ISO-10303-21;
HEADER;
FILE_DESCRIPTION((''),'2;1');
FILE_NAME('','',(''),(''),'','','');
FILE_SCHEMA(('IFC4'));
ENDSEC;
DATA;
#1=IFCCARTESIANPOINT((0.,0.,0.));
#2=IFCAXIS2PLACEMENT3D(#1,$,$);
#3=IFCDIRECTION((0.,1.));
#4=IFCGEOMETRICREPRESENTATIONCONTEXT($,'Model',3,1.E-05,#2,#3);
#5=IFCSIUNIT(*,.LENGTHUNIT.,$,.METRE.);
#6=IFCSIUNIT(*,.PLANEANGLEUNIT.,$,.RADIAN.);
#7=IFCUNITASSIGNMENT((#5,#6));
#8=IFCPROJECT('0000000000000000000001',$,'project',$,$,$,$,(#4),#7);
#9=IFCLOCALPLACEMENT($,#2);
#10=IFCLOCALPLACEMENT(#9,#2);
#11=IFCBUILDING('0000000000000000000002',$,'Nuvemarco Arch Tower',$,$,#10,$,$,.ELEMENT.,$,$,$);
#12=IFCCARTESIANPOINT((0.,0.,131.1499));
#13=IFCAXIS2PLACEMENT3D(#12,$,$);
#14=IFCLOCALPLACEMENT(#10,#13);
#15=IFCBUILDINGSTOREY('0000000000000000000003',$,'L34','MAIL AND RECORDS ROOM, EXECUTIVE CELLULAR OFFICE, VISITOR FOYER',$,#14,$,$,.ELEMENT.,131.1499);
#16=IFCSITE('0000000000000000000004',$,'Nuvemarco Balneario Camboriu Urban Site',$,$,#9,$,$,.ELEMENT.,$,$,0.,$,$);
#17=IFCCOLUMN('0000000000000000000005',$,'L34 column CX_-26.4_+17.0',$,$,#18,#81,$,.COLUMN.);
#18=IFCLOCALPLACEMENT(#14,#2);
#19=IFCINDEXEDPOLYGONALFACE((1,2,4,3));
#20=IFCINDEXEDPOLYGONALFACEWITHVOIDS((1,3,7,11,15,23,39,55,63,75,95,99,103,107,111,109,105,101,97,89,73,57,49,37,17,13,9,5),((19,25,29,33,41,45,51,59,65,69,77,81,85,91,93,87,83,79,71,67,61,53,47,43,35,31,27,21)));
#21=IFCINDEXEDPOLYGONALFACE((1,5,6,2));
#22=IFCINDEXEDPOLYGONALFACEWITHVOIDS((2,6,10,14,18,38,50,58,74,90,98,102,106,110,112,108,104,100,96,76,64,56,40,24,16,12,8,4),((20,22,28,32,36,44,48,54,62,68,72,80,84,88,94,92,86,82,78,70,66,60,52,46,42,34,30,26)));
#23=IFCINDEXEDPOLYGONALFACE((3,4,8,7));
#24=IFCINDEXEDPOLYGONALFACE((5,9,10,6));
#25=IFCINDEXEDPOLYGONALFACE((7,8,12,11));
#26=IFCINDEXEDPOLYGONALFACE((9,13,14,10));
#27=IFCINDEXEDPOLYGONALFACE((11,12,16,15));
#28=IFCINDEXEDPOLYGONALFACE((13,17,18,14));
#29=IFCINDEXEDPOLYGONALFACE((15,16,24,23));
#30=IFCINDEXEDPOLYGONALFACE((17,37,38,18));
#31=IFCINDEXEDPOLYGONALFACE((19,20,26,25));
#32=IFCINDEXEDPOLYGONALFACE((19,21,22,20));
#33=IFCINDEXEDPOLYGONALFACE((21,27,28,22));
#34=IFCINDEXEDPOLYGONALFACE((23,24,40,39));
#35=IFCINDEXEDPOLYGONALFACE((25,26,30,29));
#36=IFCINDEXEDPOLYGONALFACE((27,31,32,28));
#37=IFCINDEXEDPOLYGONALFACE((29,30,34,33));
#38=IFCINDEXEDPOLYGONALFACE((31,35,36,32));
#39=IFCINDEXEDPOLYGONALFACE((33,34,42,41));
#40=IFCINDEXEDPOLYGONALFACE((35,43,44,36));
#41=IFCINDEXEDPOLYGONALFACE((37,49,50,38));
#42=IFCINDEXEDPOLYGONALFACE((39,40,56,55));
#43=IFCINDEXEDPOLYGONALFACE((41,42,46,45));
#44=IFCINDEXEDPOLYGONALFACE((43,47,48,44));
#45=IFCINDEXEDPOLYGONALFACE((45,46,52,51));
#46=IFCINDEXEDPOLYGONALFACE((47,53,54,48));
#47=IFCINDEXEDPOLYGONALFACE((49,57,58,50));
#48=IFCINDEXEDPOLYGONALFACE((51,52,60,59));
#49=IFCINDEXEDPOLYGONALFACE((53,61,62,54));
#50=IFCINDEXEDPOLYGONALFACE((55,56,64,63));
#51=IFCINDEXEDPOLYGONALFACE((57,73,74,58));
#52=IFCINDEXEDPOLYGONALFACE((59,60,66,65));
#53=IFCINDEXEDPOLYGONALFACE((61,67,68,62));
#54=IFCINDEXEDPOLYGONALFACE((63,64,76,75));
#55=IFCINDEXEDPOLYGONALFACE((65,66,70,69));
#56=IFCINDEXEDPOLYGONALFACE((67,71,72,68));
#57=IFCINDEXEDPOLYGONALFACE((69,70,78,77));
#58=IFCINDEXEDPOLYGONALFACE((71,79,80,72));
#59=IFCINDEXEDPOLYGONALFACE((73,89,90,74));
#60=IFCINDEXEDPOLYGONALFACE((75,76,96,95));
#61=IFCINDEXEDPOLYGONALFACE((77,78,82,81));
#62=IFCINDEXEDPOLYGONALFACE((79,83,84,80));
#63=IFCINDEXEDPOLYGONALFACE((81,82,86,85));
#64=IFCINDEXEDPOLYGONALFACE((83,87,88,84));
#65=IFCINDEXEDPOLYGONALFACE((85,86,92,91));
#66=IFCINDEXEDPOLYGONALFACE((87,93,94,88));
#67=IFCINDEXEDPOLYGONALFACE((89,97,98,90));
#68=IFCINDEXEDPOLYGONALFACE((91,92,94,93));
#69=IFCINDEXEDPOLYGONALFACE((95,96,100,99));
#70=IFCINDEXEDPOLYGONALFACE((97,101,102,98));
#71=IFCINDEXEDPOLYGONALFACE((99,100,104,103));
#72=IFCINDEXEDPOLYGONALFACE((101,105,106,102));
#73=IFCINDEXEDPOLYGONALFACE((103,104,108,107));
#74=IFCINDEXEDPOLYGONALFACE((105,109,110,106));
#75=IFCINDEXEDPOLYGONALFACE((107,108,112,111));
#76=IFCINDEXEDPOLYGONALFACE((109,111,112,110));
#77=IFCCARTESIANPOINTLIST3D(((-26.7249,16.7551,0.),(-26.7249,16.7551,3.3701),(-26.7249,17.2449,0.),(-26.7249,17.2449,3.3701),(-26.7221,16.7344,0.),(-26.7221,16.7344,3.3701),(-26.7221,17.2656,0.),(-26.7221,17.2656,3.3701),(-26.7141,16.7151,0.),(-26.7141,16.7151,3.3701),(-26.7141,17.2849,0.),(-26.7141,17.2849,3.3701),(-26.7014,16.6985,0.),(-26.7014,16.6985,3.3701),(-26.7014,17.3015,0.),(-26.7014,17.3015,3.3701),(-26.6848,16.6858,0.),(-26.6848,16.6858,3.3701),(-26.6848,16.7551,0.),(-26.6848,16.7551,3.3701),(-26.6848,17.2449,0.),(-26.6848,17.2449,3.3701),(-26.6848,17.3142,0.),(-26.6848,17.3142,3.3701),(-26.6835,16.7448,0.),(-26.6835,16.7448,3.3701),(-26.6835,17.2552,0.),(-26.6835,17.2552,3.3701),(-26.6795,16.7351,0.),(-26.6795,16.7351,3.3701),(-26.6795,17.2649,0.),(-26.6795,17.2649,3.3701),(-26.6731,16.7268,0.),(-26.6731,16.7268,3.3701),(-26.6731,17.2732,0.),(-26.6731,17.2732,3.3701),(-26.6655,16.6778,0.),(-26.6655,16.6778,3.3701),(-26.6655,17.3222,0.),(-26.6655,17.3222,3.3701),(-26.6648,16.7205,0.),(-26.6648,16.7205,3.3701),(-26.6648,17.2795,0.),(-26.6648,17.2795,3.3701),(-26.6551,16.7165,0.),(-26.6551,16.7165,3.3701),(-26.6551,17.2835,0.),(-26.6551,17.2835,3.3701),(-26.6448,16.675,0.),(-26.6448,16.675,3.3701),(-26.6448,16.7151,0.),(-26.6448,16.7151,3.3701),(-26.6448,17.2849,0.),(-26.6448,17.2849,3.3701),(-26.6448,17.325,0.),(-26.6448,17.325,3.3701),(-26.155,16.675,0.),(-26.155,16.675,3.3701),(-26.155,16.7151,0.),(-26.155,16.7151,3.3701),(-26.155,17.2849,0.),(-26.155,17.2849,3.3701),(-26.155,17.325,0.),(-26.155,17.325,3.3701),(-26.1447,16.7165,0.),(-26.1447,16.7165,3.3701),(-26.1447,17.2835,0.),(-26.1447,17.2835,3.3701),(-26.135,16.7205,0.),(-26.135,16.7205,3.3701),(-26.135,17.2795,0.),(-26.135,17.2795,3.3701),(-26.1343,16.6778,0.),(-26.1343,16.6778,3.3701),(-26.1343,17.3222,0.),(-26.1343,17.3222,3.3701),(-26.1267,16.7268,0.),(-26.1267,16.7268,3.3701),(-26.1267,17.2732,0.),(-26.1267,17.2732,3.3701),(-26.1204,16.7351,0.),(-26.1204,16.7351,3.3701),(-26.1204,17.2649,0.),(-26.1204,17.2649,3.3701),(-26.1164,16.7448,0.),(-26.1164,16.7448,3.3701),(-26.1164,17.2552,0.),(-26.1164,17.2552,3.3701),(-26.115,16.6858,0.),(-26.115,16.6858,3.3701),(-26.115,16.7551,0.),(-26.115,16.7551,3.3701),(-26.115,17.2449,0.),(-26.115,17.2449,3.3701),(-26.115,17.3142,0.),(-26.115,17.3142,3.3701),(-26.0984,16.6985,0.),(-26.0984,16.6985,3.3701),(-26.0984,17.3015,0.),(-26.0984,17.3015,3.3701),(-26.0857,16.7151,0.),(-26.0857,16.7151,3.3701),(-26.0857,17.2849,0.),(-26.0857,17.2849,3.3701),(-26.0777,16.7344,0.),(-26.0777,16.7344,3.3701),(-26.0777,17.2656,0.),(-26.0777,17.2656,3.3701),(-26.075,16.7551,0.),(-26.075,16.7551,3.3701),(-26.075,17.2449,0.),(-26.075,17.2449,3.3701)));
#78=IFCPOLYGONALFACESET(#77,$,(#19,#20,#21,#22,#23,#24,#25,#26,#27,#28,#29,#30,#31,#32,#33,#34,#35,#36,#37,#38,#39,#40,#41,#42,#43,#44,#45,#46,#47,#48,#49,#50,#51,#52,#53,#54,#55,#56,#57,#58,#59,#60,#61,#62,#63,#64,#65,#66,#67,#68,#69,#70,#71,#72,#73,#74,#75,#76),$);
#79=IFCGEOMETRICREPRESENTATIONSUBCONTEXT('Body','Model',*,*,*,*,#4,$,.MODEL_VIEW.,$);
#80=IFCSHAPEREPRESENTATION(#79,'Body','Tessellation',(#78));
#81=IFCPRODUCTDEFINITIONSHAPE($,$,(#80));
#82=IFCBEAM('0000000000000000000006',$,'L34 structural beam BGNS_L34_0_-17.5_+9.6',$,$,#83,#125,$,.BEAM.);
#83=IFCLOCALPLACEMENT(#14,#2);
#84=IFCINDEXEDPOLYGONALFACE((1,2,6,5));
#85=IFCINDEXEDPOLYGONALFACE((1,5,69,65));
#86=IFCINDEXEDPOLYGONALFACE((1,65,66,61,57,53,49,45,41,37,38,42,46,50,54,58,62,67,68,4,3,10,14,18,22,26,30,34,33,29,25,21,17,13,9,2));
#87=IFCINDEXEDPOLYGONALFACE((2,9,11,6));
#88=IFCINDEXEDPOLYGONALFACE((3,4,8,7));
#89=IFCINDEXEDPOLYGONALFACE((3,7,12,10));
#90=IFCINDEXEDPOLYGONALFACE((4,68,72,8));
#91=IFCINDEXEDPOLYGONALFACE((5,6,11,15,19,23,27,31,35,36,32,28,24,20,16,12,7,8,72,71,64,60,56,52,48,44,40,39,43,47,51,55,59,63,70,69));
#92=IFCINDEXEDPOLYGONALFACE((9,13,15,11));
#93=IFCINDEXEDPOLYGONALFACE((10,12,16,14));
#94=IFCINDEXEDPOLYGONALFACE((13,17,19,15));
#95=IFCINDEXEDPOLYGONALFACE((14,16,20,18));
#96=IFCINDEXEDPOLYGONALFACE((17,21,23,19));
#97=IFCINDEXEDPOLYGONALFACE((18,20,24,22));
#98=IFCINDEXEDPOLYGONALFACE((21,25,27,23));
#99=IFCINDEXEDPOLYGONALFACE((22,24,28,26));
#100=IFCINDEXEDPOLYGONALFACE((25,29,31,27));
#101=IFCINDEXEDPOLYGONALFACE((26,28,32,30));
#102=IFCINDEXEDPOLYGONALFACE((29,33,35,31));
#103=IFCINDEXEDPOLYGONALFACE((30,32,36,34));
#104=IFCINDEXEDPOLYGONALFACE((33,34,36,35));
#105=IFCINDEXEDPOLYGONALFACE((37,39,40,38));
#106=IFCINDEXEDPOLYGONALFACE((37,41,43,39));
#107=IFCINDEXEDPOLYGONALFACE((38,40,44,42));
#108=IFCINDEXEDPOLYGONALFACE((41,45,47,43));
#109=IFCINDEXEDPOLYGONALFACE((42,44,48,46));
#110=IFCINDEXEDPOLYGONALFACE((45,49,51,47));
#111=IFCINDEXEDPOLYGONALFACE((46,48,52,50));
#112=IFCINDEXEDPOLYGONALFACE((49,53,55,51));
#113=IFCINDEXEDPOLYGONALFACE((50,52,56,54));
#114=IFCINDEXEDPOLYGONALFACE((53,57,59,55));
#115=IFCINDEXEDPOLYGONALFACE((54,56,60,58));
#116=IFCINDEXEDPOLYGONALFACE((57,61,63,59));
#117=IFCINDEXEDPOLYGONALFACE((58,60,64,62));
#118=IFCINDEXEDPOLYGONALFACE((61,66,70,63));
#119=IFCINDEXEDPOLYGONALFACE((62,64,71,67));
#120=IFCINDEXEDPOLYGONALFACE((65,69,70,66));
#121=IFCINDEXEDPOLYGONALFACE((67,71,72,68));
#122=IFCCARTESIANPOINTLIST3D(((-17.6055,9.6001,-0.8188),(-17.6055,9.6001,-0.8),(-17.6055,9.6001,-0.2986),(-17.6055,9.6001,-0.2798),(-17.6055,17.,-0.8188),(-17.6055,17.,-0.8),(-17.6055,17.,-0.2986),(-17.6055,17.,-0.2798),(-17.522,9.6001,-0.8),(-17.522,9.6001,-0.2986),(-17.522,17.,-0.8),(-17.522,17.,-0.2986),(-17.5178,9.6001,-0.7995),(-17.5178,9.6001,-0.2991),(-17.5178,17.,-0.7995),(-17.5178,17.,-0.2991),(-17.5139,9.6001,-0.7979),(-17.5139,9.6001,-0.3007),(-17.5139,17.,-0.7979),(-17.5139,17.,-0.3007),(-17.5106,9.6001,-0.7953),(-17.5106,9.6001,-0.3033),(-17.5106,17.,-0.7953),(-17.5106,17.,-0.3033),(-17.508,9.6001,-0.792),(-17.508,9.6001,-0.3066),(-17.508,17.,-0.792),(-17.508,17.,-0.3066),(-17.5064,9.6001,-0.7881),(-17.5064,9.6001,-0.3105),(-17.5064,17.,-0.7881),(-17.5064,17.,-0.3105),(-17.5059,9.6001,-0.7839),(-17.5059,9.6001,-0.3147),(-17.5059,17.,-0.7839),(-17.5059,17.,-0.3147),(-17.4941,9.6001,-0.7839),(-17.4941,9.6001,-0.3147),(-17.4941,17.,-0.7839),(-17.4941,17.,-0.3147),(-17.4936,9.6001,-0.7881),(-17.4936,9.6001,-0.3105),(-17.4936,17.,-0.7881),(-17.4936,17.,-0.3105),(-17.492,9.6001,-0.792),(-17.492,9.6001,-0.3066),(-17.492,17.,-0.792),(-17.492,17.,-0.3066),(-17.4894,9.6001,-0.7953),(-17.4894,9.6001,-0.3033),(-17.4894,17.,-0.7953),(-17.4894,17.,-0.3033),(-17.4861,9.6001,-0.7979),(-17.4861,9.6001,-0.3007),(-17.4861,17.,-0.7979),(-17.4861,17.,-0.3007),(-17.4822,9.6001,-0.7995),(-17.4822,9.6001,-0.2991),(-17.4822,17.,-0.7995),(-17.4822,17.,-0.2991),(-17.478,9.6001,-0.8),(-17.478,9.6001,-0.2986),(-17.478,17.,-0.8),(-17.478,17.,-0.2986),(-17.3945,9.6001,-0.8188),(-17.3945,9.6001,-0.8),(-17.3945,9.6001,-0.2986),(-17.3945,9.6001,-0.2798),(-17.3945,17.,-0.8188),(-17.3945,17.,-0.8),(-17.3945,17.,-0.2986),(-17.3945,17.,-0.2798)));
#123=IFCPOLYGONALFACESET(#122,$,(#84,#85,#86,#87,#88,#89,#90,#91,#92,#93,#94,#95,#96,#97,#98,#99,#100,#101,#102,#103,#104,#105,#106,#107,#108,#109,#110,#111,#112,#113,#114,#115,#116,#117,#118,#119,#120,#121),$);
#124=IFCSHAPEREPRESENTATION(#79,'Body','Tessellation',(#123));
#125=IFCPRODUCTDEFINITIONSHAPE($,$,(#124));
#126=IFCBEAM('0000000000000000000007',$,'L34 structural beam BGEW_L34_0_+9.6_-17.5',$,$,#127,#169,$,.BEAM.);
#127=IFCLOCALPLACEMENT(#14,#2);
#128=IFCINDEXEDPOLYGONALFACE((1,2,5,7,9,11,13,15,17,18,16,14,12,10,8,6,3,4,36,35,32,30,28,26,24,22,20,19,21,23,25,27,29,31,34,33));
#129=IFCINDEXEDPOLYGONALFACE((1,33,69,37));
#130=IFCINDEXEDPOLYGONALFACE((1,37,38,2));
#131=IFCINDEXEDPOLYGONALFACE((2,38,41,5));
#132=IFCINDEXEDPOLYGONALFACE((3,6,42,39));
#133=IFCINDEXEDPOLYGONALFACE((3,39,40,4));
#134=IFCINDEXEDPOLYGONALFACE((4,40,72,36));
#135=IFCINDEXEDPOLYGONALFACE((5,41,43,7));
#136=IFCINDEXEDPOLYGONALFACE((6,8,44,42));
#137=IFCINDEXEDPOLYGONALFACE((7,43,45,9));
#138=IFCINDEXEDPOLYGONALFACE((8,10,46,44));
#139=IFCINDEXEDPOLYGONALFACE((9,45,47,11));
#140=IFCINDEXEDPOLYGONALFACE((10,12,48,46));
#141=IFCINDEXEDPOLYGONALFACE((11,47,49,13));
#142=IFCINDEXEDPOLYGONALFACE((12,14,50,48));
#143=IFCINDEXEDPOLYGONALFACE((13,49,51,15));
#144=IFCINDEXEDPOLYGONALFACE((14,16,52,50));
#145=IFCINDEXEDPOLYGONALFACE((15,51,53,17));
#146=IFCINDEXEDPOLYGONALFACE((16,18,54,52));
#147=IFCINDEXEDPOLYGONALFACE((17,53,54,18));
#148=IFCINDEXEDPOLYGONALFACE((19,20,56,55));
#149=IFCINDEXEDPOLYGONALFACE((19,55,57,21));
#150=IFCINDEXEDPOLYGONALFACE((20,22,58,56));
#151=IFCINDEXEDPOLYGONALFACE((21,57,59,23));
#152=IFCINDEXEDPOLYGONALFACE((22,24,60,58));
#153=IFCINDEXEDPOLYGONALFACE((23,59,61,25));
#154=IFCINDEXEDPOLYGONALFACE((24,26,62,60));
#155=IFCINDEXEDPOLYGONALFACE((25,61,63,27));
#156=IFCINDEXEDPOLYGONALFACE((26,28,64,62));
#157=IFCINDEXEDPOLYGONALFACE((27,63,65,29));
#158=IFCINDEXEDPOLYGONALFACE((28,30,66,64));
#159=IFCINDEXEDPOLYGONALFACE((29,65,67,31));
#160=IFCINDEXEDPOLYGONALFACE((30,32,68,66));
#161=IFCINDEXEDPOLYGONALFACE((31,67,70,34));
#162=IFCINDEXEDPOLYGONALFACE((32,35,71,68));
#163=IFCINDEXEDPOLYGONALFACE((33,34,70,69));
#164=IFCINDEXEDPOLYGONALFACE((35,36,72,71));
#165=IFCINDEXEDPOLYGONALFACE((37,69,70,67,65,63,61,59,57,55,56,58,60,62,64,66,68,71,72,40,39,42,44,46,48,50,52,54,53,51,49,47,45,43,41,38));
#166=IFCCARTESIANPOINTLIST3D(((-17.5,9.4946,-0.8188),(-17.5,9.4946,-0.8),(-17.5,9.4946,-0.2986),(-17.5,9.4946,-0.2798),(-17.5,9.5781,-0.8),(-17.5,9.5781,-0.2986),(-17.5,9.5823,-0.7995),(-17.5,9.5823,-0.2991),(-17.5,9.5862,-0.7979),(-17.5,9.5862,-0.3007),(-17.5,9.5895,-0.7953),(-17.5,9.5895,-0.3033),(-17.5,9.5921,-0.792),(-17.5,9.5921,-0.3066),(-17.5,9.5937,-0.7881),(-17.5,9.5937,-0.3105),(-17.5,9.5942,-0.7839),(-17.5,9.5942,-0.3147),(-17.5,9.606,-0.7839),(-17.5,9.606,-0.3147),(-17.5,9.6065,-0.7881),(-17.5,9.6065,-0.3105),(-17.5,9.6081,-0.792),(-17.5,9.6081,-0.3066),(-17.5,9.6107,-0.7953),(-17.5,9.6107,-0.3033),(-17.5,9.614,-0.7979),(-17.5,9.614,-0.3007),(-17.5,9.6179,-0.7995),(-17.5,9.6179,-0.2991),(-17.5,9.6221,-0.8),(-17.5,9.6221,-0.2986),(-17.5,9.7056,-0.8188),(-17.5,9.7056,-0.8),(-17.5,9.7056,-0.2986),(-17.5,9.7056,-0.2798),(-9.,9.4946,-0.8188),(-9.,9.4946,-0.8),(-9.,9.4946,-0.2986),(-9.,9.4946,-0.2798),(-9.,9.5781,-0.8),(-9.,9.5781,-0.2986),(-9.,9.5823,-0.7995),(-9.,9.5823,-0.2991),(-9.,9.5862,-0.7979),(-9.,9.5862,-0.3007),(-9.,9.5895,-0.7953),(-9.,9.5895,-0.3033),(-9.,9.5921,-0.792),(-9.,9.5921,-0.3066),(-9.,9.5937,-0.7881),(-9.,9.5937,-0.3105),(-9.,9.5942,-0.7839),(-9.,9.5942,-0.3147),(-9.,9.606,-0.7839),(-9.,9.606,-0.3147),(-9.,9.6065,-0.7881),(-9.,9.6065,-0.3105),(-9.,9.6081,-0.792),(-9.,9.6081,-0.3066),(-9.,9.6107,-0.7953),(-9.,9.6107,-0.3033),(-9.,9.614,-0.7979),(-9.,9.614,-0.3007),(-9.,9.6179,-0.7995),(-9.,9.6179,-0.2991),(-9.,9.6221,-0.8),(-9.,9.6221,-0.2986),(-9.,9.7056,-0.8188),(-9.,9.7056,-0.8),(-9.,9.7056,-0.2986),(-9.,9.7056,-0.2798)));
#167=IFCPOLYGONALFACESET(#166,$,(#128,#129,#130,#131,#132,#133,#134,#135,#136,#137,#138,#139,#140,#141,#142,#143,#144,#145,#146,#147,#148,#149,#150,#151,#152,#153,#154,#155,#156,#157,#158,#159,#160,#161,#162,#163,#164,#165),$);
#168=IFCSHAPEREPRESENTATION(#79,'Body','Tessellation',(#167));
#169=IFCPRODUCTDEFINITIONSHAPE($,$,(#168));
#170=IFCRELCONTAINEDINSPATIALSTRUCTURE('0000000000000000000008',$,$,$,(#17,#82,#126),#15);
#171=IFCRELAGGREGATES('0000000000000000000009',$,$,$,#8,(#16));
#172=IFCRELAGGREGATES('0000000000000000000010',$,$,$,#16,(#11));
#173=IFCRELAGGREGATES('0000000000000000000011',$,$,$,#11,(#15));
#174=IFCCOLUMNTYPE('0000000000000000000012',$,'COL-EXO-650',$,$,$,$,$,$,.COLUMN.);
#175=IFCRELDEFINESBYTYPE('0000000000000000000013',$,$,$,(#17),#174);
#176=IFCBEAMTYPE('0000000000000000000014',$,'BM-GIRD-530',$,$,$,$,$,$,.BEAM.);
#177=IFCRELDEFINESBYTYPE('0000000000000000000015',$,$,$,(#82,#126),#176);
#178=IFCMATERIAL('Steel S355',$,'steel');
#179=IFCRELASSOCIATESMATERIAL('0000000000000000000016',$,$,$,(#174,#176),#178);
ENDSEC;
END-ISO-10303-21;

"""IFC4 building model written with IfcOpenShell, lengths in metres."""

from ifc_helpers import new_model, si_unit, direction, frame, origin, origin_2d, place, context, subcontext, project, spatial, hollow_rectangle, i_section, extrude, material, material_profile, profile_set, type_object, element, save


model = new_model("IFC4")

# Units and contexts
model_context = context("Model", 3, precision=1e-05, world=origin(), true_north=direction((0.0, 1.0)))
body_context = subcontext(model_context, "Body", "Model", "MODEL_VIEW")
ifc_project = project(units=[si_unit("LENGTHUNIT", "METRE"), si_unit("PLANEANGLEUNIT", "RADIAN")], contexts=[model_context])

# Site, building, storey
site_placement = place(None, origin())
site = spatial("IfcSite", under=ifc_project, at=site_placement, Name="Nuvemarco Balneario Camboriu Urban Site", CompositionType="ELEMENT", RefElevation=0.0)
building_placement = place(site_placement, origin())
building = spatial("IfcBuilding", under=site, at=building_placement, Name="Nuvemarco Arch Tower", CompositionType="ELEMENT")
storey_placement = place(building_placement, frame((0.0, 0.0, 131.1499)))
storey = spatial("IfcBuildingStorey", under=building, at=storey_placement, Name="L34", Description="MAIL AND RECORDS ROOM, EXECUTIVE CELLULAR OFFICE, VISITOR FOYER", CompositionType="ELEMENT", Elevation=131.1499)

# Column
ifc_material_1 = material(Name="Steel S355", Category="steel")
ifc_material_profile_1 = material_profile(ifc_material_1, hollow_rectangle(XDim=0.6499, YDim=0.6499, WallThickness=0.04, InnerFilletRadius=0.04, OuterFilletRadius=0.0801, at=origin_2d()), Name="SHS650x650x40")
ifc_profile_set_1 = profile_set([ifc_material_profile_1], Name="Steel S355")
column_type = type_object("IfcColumnType", Name="COL-EXO-650", PredefinedType="COLUMN", material=ifc_profile_set_1)
column_placement = place(storey_placement, frame((-26.3999, 17.0, 0.0), z_axis=(0.0, 0.0, 1.0), x_axis=(1.0, 0.0, 0.0)))
element("IfcColumn", 1, at=column_placement, inside=storey, type_object=column_type, Name="L34 column CX_-26.4_+17.0", PredefinedType="COLUMN", context=body_context, shape_type="SweptSolid", body=[
    extrude(hollow_rectangle(XDim=0.6499, YDim=0.6499, WallThickness=0.04, InnerFilletRadius=0.04, OuterFilletRadius=0.0801, at=origin_2d()), origin(), (0.0, 0.0, 1.0), 3.3701),
])

# Beams
ifc_material_profile_2 = material_profile(ifc_material_1, i_section(OverallWidth=0.2109, OverallDepth=0.5391, WebThickness=0.0117, FlangeThickness=0.0188, FilletRadius=0.0161, at=origin_2d()), Name="W530x109")
ifc_profile_set_2 = profile_set([ifc_material_profile_2], Name="Steel S355")
beam_type_1 = type_object("IfcBeamType", Name="BM-GIRD-530", PredefinedType="BEAM", material=ifc_profile_set_2)
beam_1_placement = place(storey_placement, frame((-17.5, 9.6001, -0.5493), z_axis=(0.0, 1.0, 0.0), x_axis=(-1.0, 0.0, 0.0)))
element("IfcBeam", 2, at=beam_1_placement, inside=storey, type_object=beam_type_1, Name="L34 structural beam BGNS_L34_0_-17.5_+9.6", PredefinedType="BEAM", context=body_context, shape_type="SweptSolid", body=[
    extrude(i_section(OverallWidth=0.2109, OverallDepth=0.5391, WebThickness=0.0117, FlangeThickness=0.0188, FilletRadius=0.0161, at=origin_2d()), origin(), (0.0, 0.0, 1.0), 7.3999),
])
beam_2_placement = place(storey_placement, frame((-17.5, 9.6001, -0.5493), z_axis=(1.0, 0.0, 0.0), x_axis=(0.0, 1.0, 0.0)))
element("IfcBeam", 3, at=beam_2_placement, inside=storey, type_object=beam_type_1, Name="L34 structural beam BGEW_L34_0_+9.6_-17.5", PredefinedType="BEAM", context=body_context, shape_type="SweptSolid", body=[
    extrude(i_section(OverallWidth=0.2109, OverallDepth=0.5391, WebThickness=0.0117, FlangeThickness=0.0188, FilletRadius=0.0161, at=origin_2d()), origin(), (0.0, 0.0, 1.0), 8.5),
])

save(model, "model.ifc")
